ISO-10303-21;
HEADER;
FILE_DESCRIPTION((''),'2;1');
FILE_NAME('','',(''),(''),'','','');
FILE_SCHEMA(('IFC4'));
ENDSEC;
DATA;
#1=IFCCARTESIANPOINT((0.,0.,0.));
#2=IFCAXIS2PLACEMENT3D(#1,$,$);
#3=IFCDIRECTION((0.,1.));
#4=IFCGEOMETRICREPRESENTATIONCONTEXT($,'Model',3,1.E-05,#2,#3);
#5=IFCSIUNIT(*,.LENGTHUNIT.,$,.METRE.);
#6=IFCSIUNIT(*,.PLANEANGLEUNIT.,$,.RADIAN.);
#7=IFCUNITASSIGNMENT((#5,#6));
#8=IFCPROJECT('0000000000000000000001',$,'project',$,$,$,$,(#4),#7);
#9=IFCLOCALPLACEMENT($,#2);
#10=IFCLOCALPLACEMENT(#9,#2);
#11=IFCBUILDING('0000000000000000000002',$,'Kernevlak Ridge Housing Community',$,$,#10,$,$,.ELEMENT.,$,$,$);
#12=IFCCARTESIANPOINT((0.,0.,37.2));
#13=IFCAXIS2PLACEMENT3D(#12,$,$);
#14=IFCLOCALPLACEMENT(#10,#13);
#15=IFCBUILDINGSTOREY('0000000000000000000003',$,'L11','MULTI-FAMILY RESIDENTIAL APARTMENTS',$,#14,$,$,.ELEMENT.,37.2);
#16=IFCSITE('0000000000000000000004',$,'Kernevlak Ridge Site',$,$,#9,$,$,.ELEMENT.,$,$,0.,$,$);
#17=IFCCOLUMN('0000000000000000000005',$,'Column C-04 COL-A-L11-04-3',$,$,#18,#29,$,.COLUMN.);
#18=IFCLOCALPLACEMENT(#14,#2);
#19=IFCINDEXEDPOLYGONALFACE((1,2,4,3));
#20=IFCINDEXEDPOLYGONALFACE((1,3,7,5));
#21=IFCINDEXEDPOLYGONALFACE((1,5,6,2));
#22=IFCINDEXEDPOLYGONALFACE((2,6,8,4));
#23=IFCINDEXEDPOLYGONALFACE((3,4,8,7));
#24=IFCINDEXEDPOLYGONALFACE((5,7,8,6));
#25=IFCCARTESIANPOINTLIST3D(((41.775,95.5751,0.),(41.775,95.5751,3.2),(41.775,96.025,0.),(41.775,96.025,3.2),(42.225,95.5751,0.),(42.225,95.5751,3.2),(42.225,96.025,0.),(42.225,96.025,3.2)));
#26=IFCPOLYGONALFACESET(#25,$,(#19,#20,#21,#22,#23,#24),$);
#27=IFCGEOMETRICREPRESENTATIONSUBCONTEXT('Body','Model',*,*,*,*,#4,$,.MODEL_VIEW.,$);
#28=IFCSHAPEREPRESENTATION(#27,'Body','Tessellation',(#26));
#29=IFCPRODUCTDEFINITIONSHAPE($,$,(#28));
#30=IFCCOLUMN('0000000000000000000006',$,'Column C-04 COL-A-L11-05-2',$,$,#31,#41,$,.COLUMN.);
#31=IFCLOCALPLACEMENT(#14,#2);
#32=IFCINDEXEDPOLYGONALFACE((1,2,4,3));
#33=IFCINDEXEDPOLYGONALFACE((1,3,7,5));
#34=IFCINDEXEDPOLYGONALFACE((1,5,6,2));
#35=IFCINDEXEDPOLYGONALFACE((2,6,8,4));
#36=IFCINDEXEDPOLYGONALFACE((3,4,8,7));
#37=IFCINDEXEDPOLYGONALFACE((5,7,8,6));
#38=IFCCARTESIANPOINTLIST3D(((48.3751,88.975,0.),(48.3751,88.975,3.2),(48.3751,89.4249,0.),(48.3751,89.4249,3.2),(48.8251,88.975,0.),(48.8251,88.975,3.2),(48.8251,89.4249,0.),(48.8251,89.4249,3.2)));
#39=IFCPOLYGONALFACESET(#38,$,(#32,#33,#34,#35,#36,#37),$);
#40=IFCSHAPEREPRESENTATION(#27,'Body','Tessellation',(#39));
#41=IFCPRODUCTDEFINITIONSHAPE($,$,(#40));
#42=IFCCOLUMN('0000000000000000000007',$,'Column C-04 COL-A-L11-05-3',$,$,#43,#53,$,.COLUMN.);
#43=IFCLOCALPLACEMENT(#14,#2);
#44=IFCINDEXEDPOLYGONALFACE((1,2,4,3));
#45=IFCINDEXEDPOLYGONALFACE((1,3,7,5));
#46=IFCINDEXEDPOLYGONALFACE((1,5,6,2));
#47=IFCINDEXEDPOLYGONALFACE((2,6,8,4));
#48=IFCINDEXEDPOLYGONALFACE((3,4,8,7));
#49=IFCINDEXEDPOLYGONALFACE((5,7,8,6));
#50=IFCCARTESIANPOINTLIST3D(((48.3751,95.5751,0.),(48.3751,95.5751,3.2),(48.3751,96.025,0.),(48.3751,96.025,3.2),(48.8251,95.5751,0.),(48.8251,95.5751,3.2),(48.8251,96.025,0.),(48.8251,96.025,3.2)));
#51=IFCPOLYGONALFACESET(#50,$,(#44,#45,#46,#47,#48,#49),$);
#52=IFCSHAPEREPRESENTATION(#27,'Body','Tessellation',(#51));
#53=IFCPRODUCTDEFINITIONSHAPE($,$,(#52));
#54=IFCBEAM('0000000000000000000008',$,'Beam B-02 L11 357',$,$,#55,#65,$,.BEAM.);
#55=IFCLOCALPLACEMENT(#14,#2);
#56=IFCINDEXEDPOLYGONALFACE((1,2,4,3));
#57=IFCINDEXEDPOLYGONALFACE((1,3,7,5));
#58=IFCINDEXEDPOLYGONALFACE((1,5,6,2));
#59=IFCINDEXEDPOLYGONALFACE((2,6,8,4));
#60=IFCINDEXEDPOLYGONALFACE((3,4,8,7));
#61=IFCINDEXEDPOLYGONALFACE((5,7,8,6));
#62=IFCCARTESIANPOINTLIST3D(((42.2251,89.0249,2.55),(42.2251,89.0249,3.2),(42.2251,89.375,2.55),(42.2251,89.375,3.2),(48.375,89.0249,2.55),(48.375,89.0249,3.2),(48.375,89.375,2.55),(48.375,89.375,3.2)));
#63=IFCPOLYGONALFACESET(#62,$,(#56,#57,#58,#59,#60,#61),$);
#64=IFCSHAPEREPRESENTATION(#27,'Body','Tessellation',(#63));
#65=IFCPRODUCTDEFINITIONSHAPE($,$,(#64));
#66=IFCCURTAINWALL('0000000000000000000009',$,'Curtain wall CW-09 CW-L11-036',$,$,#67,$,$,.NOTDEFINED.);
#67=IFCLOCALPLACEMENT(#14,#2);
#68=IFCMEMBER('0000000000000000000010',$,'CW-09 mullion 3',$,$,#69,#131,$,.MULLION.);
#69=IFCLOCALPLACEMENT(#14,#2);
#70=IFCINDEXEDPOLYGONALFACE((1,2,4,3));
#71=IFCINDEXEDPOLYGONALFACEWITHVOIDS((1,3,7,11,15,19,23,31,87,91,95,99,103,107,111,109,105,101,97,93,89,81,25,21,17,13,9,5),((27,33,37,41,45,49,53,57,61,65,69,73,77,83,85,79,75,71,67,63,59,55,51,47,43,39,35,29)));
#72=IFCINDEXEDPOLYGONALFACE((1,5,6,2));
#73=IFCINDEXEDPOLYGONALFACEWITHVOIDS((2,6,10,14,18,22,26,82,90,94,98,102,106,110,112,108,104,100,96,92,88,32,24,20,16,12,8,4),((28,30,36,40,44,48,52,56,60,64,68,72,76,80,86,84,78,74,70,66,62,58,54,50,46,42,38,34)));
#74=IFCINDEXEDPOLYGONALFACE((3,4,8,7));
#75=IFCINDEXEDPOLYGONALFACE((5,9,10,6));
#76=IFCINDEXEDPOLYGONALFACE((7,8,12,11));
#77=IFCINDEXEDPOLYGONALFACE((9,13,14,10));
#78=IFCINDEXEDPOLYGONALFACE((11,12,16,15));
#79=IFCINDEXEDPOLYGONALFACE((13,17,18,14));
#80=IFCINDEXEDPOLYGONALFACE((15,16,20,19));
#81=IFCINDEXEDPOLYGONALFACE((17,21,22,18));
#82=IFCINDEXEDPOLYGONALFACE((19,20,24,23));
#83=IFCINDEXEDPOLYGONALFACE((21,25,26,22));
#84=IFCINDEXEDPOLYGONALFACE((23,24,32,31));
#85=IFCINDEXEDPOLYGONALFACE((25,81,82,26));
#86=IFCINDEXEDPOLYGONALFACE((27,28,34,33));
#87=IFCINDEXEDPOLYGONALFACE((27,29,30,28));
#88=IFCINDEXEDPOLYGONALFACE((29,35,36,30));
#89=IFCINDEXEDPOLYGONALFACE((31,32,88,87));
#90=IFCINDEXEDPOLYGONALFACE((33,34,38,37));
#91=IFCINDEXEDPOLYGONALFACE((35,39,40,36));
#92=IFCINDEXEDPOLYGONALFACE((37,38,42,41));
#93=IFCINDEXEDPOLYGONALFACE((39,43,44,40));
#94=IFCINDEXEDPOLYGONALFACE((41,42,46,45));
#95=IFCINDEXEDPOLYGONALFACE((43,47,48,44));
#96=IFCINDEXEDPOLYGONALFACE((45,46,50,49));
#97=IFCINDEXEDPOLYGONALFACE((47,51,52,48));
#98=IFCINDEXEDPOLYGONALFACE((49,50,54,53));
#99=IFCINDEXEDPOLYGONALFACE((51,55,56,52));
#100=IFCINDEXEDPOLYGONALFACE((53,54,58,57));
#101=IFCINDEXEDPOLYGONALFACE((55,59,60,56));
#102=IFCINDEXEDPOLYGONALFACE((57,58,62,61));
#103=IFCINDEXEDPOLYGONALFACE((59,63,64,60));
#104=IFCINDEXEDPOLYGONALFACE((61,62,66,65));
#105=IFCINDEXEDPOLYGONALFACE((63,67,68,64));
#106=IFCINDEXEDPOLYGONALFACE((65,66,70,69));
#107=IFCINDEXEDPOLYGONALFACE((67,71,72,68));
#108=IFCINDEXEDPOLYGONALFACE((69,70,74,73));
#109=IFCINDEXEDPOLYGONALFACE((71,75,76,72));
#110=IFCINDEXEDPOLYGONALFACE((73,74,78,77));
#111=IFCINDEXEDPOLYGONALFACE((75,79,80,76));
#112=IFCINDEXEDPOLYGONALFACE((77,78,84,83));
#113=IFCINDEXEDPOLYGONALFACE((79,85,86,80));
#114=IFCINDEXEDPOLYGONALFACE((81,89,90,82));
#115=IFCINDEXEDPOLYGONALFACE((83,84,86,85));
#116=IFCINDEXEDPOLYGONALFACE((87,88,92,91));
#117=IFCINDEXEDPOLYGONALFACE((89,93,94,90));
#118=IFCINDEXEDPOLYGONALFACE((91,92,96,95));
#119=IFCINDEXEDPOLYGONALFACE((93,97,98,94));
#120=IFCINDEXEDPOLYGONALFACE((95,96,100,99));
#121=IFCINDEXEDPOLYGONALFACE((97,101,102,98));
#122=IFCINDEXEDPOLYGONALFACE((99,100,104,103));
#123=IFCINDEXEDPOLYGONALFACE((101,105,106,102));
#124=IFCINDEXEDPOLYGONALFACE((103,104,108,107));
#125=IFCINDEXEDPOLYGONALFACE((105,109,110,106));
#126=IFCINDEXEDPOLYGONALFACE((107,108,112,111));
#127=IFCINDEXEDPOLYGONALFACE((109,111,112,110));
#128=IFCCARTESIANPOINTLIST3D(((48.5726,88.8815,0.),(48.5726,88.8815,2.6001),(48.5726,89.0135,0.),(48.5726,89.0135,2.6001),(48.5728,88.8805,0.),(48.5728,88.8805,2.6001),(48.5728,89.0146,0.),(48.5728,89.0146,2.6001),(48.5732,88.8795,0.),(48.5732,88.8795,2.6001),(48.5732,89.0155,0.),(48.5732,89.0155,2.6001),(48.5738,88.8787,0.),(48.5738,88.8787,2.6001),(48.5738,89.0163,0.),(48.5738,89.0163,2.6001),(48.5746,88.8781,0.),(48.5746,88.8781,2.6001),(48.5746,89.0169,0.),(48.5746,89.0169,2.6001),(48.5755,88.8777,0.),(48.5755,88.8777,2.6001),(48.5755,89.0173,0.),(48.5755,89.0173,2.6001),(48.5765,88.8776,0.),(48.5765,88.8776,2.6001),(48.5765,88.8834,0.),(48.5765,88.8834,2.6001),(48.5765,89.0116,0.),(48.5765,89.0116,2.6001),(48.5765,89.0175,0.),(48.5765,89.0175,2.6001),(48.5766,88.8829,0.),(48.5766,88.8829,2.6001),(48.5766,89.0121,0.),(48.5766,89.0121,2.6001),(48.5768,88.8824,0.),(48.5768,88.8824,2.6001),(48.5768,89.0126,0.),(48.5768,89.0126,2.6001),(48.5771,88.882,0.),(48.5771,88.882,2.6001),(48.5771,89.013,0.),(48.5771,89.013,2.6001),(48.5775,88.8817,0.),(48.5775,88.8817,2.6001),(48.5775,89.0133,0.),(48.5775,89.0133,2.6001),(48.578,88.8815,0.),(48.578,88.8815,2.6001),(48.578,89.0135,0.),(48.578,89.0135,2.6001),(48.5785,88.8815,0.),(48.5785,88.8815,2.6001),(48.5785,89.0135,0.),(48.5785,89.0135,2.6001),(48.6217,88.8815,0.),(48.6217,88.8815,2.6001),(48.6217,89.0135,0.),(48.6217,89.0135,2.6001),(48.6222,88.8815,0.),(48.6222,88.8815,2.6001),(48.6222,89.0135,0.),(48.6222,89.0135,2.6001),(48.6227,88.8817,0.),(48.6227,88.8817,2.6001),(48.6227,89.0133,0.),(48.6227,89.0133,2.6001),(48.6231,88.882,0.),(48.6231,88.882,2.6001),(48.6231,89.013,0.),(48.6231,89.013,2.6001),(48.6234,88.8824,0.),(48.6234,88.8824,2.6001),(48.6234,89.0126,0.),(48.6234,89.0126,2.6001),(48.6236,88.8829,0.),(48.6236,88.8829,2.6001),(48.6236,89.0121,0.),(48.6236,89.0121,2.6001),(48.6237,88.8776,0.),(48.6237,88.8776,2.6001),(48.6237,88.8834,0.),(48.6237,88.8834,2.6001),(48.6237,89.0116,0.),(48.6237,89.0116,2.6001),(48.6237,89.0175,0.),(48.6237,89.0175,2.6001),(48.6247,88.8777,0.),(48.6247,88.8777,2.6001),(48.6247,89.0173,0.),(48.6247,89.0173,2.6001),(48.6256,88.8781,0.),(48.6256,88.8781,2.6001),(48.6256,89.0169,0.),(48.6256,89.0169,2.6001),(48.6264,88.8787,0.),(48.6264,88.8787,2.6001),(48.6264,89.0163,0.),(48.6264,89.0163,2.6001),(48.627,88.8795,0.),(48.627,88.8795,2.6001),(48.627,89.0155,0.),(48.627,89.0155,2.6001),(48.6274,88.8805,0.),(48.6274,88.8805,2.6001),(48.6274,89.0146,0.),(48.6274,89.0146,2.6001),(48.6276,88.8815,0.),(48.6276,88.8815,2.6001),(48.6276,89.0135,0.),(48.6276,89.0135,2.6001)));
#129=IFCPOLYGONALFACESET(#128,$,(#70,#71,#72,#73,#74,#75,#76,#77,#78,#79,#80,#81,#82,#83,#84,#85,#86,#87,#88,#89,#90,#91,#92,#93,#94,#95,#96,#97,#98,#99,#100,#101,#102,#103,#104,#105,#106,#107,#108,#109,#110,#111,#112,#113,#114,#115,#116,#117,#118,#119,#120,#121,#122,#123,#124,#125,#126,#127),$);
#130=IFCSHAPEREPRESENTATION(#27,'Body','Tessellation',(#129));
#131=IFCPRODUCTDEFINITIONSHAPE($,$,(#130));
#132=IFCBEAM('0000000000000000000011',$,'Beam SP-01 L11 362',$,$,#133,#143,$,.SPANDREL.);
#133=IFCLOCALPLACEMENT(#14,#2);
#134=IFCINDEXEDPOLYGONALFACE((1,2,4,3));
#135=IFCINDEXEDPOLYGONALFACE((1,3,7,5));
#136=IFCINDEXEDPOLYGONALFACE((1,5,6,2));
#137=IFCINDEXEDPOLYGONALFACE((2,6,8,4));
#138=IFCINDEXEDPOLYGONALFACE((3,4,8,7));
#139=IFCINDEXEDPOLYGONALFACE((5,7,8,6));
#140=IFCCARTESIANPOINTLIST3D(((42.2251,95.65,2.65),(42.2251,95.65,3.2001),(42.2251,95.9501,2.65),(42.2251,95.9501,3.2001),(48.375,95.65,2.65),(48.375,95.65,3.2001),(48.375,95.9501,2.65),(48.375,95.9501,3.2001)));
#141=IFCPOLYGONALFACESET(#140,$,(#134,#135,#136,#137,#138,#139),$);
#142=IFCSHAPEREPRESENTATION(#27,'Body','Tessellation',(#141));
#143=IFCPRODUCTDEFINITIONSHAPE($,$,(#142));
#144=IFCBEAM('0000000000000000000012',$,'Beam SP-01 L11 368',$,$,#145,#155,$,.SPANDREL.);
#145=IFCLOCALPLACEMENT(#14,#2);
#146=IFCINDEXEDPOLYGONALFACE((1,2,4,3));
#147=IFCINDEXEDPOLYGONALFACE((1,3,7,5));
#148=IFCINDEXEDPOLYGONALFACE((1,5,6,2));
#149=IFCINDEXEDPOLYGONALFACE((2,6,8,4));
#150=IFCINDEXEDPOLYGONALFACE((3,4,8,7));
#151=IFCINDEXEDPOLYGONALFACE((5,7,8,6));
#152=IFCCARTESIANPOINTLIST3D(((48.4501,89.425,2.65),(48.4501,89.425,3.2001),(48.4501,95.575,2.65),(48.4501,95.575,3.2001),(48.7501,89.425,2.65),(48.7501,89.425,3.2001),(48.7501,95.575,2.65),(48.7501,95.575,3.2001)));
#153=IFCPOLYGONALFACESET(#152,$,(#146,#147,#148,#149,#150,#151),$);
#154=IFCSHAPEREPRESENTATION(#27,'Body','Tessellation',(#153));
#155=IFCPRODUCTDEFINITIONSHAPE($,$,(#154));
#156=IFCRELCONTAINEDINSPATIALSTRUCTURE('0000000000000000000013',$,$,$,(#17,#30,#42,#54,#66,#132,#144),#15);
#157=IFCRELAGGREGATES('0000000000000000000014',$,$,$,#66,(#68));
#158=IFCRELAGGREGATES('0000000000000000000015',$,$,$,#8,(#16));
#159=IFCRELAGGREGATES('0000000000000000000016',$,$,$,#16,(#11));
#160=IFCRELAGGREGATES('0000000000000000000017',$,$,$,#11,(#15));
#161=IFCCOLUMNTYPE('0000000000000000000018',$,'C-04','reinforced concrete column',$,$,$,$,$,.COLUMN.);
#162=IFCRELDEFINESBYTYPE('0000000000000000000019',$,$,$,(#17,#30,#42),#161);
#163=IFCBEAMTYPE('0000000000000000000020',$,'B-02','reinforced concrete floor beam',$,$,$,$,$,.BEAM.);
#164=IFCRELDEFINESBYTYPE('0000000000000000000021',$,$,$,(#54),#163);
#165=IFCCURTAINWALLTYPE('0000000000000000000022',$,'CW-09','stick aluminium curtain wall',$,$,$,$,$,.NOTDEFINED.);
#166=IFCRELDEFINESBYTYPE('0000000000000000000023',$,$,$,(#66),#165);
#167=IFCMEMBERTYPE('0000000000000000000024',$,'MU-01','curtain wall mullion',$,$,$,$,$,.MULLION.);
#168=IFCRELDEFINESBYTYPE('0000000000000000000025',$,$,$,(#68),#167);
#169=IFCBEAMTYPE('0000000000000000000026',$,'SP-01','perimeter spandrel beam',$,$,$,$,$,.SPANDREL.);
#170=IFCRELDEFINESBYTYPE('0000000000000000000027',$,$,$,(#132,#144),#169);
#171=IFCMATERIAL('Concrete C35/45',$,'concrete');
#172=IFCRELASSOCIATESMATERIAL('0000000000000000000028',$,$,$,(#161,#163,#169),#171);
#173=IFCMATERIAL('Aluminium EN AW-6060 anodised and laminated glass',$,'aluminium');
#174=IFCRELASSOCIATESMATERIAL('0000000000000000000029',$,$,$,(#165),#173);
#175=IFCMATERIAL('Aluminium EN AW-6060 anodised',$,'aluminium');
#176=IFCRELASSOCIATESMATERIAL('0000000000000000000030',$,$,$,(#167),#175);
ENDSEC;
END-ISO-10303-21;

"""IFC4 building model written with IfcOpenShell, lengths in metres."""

from ifc_helpers import new_model, si_unit, direction, frame, origin, origin_2d, place, context, subcontext, project, spatial, rectangle, hollow_rectangle, extrude, material, material_profile, profile_set, type_object, element, aggregate, save


model = new_model("IFC4")

# Units and contexts
model_context = context("Model", 3, precision=1e-05, world=origin(), true_north=direction((0.0, 1.0)))
body_context = subcontext(model_context, "Body", "Model", "MODEL_VIEW")
ifc_project = project(units=[si_unit("LENGTHUNIT", "METRE"), si_unit("PLANEANGLEUNIT", "RADIAN")], contexts=[model_context])

# Site, building, storey
site_placement = place(None, origin())
site = spatial("IfcSite", under=ifc_project, at=site_placement, Name="Kernevlak Ridge Site", CompositionType="ELEMENT", RefElevation=0.0)
building_placement = place(site_placement, origin())
building = spatial("IfcBuilding", under=site, at=building_placement, Name="Kernevlak Ridge Housing Community", CompositionType="ELEMENT")
storey_placement = place(building_placement, frame((0.0, 0.0, 37.2)))
storey = spatial("IfcBuildingStorey", under=building, at=storey_placement, Name="L11", Description="MULTI-FAMILY RESIDENTIAL APARTMENTS", CompositionType="ELEMENT", Elevation=37.2)

# Columns
ifc_material_1 = material(Name="Concrete C35/45", Category="concrete")
ifc_material_profile_1 = material_profile(ifc_material_1, rectangle(XDim=0.45, YDim=0.45, at=origin_2d()), Name="RC 450x450")
ifc_profile_set_1 = profile_set([ifc_material_profile_1], Name="Concrete C35/45")
column_type = type_object("IfcColumnType", Name="C-04", Description="reinforced concrete column", PredefinedType="COLUMN", material=ifc_profile_set_1)
for number, where, z_axis, x_axis, name in (
    (1, (42.0, 95.8, 0.0), (0.0, 0.0, 1.0), (1.0, 0.0, 0.0), "Column C-04 COL-A-L11-04-3"),
    (2, (48.6001, 89.2, 0.0), (0.0, 0.0, 1.0), (1.0, 0.0, 0.0), "Column C-04 COL-A-L11-05-2"),
    (3, (48.6001, 95.8, 0.0), (0.0, 0.0, 1.0), (1.0, 0.0, 0.0), "Column C-04 COL-A-L11-05-3"),
):
    element("IfcColumn", number, at=place(storey_placement, frame(where, z_axis=z_axis, x_axis=x_axis)), inside=storey, type_object=column_type, Name=name, PredefinedType="COLUMN", context=body_context, shape_type="SweptSolid", body=[
        extrude(rectangle(XDim=0.45, YDim=0.45, at=origin_2d()), origin(), (0.0, 0.0, 1.0), 3.2),
    ])

# Beam
ifc_material_profile_2 = material_profile(ifc_material_1, rectangle(XDim=0.3501, YDim=0.6499, at=origin_2d()), Name="RC 350x650")
ifc_profile_set_2 = profile_set([ifc_material_profile_2], Name="Concrete C35/45")
beam_type_1 = type_object("IfcBeamType", Name="B-02", Description="reinforced concrete floor beam", PredefinedType="BEAM", material=ifc_profile_set_2)
beam_placement = place(storey_placement, frame((42.2251, 89.2, 2.875), z_axis=(1.0, 0.0, 0.0), x_axis=(0.0, 1.0, 0.0)))
element("IfcBeam", 4, at=beam_placement, inside=storey, type_object=beam_type_1, Name="Beam B-02 L11 357", PredefinedType="BEAM", context=body_context, shape_type="SweptSolid", body=[
    extrude(rectangle(XDim=0.3501, YDim=0.6499, at=origin_2d()), origin(), (0.0, 0.0, 1.0), 6.1499),
])

# Curtain wall, member
ifc_material_2 = material(Name="Aluminium EN AW-6060 anodised and laminated glass", Category="aluminium")
curtain_wall_type = type_object("IfcCurtainWallType", Name="CW-09", Description="stick aluminium curtain wall", PredefinedType="NOTDEFINED", material=ifc_material_2)
curtain_wall_placement = place(storey_placement, origin())
curtain_wall = element("IfcCurtainWall", 5, at=curtain_wall_placement, inside=storey, type_object=curtain_wall_type, Name="Curtain wall CW-09 CW-L11-036", PredefinedType="NOTDEFINED")
ifc_material_3 = material(Name="Aluminium EN AW-6060 anodised", Category="aluminium")
ifc_material_profile_3 = material_profile(ifc_material_3, hollow_rectangle(XDim=0.0549, YDim=0.1399, WallThickness=0.0039, InnerFilletRadius=0.002, OuterFilletRadius=0.0039, at=origin_2d()), Name="ALU 55x140x4")
ifc_profile_set_3 = profile_set([ifc_material_profile_3], Name="Aluminium EN AW-6060 anodised")
member_type_1 = type_object("IfcMemberType", Name="MU-01", Description="curtain wall mullion", PredefinedType="MULLION", material=ifc_profile_set_3)
member_1_placement = place(storey_placement, frame((48.6001, 88.9475, 0.0), z_axis=(0.0, 0.0, 1.0), x_axis=(-1.0, 0.0, 0.0)))
member_1 = element("IfcMember", 6, at=member_1_placement, type_object=member_type_1, Name="CW-09 mullion 3", PredefinedType="MULLION", context=body_context, shape_type="SweptSolid", body=[
    extrude(hollow_rectangle(XDim=0.0549, YDim=0.1399, WallThickness=0.0039, InnerFilletRadius=0.002, OuterFilletRadius=0.0039, at=origin_2d()), origin(), (0.0, 0.0, 1.0), 2.6001),
])

# Beams
ifc_material_profile_4 = material_profile(ifc_material_1, rectangle(XDim=0.3, YDim=0.55, at=origin_2d()), Name="RC 300x550")
ifc_profile_set_4 = profile_set([ifc_material_profile_4], Name="Concrete C35/45")
beam_type_2 = type_object("IfcBeamType", Name="SP-01", Description="perimeter spandrel beam", PredefinedType="SPANDREL", material=ifc_profile_set_4)
for number, where, z_axis, x_axis, name in (
    (7, (42.2251, 95.8, 2.925), (1.0, 0.0, 0.0), (0.0, 1.0, 0.0), "Beam SP-01 L11 362"),
    (8, (48.6001, 89.425, 2.925), (0.0, 1.0, 0.0), (-1.0, 0.0, 0.0), "Beam SP-01 L11 368"),
):
    element("IfcBeam", number, at=place(storey_placement, frame(where, z_axis=z_axis, x_axis=x_axis)), inside=storey, type_object=beam_type_2, Name=name, PredefinedType="SPANDREL", context=body_context, shape_type="SweptSolid", body=[
        extrude(rectangle(XDim=0.3, YDim=0.55, at=origin_2d()), origin(), (0.0, 0.0, 1.0), 6.1499),
    ])

aggregate(curtain_wall, [member_1])

save(model, "model.ifc")
